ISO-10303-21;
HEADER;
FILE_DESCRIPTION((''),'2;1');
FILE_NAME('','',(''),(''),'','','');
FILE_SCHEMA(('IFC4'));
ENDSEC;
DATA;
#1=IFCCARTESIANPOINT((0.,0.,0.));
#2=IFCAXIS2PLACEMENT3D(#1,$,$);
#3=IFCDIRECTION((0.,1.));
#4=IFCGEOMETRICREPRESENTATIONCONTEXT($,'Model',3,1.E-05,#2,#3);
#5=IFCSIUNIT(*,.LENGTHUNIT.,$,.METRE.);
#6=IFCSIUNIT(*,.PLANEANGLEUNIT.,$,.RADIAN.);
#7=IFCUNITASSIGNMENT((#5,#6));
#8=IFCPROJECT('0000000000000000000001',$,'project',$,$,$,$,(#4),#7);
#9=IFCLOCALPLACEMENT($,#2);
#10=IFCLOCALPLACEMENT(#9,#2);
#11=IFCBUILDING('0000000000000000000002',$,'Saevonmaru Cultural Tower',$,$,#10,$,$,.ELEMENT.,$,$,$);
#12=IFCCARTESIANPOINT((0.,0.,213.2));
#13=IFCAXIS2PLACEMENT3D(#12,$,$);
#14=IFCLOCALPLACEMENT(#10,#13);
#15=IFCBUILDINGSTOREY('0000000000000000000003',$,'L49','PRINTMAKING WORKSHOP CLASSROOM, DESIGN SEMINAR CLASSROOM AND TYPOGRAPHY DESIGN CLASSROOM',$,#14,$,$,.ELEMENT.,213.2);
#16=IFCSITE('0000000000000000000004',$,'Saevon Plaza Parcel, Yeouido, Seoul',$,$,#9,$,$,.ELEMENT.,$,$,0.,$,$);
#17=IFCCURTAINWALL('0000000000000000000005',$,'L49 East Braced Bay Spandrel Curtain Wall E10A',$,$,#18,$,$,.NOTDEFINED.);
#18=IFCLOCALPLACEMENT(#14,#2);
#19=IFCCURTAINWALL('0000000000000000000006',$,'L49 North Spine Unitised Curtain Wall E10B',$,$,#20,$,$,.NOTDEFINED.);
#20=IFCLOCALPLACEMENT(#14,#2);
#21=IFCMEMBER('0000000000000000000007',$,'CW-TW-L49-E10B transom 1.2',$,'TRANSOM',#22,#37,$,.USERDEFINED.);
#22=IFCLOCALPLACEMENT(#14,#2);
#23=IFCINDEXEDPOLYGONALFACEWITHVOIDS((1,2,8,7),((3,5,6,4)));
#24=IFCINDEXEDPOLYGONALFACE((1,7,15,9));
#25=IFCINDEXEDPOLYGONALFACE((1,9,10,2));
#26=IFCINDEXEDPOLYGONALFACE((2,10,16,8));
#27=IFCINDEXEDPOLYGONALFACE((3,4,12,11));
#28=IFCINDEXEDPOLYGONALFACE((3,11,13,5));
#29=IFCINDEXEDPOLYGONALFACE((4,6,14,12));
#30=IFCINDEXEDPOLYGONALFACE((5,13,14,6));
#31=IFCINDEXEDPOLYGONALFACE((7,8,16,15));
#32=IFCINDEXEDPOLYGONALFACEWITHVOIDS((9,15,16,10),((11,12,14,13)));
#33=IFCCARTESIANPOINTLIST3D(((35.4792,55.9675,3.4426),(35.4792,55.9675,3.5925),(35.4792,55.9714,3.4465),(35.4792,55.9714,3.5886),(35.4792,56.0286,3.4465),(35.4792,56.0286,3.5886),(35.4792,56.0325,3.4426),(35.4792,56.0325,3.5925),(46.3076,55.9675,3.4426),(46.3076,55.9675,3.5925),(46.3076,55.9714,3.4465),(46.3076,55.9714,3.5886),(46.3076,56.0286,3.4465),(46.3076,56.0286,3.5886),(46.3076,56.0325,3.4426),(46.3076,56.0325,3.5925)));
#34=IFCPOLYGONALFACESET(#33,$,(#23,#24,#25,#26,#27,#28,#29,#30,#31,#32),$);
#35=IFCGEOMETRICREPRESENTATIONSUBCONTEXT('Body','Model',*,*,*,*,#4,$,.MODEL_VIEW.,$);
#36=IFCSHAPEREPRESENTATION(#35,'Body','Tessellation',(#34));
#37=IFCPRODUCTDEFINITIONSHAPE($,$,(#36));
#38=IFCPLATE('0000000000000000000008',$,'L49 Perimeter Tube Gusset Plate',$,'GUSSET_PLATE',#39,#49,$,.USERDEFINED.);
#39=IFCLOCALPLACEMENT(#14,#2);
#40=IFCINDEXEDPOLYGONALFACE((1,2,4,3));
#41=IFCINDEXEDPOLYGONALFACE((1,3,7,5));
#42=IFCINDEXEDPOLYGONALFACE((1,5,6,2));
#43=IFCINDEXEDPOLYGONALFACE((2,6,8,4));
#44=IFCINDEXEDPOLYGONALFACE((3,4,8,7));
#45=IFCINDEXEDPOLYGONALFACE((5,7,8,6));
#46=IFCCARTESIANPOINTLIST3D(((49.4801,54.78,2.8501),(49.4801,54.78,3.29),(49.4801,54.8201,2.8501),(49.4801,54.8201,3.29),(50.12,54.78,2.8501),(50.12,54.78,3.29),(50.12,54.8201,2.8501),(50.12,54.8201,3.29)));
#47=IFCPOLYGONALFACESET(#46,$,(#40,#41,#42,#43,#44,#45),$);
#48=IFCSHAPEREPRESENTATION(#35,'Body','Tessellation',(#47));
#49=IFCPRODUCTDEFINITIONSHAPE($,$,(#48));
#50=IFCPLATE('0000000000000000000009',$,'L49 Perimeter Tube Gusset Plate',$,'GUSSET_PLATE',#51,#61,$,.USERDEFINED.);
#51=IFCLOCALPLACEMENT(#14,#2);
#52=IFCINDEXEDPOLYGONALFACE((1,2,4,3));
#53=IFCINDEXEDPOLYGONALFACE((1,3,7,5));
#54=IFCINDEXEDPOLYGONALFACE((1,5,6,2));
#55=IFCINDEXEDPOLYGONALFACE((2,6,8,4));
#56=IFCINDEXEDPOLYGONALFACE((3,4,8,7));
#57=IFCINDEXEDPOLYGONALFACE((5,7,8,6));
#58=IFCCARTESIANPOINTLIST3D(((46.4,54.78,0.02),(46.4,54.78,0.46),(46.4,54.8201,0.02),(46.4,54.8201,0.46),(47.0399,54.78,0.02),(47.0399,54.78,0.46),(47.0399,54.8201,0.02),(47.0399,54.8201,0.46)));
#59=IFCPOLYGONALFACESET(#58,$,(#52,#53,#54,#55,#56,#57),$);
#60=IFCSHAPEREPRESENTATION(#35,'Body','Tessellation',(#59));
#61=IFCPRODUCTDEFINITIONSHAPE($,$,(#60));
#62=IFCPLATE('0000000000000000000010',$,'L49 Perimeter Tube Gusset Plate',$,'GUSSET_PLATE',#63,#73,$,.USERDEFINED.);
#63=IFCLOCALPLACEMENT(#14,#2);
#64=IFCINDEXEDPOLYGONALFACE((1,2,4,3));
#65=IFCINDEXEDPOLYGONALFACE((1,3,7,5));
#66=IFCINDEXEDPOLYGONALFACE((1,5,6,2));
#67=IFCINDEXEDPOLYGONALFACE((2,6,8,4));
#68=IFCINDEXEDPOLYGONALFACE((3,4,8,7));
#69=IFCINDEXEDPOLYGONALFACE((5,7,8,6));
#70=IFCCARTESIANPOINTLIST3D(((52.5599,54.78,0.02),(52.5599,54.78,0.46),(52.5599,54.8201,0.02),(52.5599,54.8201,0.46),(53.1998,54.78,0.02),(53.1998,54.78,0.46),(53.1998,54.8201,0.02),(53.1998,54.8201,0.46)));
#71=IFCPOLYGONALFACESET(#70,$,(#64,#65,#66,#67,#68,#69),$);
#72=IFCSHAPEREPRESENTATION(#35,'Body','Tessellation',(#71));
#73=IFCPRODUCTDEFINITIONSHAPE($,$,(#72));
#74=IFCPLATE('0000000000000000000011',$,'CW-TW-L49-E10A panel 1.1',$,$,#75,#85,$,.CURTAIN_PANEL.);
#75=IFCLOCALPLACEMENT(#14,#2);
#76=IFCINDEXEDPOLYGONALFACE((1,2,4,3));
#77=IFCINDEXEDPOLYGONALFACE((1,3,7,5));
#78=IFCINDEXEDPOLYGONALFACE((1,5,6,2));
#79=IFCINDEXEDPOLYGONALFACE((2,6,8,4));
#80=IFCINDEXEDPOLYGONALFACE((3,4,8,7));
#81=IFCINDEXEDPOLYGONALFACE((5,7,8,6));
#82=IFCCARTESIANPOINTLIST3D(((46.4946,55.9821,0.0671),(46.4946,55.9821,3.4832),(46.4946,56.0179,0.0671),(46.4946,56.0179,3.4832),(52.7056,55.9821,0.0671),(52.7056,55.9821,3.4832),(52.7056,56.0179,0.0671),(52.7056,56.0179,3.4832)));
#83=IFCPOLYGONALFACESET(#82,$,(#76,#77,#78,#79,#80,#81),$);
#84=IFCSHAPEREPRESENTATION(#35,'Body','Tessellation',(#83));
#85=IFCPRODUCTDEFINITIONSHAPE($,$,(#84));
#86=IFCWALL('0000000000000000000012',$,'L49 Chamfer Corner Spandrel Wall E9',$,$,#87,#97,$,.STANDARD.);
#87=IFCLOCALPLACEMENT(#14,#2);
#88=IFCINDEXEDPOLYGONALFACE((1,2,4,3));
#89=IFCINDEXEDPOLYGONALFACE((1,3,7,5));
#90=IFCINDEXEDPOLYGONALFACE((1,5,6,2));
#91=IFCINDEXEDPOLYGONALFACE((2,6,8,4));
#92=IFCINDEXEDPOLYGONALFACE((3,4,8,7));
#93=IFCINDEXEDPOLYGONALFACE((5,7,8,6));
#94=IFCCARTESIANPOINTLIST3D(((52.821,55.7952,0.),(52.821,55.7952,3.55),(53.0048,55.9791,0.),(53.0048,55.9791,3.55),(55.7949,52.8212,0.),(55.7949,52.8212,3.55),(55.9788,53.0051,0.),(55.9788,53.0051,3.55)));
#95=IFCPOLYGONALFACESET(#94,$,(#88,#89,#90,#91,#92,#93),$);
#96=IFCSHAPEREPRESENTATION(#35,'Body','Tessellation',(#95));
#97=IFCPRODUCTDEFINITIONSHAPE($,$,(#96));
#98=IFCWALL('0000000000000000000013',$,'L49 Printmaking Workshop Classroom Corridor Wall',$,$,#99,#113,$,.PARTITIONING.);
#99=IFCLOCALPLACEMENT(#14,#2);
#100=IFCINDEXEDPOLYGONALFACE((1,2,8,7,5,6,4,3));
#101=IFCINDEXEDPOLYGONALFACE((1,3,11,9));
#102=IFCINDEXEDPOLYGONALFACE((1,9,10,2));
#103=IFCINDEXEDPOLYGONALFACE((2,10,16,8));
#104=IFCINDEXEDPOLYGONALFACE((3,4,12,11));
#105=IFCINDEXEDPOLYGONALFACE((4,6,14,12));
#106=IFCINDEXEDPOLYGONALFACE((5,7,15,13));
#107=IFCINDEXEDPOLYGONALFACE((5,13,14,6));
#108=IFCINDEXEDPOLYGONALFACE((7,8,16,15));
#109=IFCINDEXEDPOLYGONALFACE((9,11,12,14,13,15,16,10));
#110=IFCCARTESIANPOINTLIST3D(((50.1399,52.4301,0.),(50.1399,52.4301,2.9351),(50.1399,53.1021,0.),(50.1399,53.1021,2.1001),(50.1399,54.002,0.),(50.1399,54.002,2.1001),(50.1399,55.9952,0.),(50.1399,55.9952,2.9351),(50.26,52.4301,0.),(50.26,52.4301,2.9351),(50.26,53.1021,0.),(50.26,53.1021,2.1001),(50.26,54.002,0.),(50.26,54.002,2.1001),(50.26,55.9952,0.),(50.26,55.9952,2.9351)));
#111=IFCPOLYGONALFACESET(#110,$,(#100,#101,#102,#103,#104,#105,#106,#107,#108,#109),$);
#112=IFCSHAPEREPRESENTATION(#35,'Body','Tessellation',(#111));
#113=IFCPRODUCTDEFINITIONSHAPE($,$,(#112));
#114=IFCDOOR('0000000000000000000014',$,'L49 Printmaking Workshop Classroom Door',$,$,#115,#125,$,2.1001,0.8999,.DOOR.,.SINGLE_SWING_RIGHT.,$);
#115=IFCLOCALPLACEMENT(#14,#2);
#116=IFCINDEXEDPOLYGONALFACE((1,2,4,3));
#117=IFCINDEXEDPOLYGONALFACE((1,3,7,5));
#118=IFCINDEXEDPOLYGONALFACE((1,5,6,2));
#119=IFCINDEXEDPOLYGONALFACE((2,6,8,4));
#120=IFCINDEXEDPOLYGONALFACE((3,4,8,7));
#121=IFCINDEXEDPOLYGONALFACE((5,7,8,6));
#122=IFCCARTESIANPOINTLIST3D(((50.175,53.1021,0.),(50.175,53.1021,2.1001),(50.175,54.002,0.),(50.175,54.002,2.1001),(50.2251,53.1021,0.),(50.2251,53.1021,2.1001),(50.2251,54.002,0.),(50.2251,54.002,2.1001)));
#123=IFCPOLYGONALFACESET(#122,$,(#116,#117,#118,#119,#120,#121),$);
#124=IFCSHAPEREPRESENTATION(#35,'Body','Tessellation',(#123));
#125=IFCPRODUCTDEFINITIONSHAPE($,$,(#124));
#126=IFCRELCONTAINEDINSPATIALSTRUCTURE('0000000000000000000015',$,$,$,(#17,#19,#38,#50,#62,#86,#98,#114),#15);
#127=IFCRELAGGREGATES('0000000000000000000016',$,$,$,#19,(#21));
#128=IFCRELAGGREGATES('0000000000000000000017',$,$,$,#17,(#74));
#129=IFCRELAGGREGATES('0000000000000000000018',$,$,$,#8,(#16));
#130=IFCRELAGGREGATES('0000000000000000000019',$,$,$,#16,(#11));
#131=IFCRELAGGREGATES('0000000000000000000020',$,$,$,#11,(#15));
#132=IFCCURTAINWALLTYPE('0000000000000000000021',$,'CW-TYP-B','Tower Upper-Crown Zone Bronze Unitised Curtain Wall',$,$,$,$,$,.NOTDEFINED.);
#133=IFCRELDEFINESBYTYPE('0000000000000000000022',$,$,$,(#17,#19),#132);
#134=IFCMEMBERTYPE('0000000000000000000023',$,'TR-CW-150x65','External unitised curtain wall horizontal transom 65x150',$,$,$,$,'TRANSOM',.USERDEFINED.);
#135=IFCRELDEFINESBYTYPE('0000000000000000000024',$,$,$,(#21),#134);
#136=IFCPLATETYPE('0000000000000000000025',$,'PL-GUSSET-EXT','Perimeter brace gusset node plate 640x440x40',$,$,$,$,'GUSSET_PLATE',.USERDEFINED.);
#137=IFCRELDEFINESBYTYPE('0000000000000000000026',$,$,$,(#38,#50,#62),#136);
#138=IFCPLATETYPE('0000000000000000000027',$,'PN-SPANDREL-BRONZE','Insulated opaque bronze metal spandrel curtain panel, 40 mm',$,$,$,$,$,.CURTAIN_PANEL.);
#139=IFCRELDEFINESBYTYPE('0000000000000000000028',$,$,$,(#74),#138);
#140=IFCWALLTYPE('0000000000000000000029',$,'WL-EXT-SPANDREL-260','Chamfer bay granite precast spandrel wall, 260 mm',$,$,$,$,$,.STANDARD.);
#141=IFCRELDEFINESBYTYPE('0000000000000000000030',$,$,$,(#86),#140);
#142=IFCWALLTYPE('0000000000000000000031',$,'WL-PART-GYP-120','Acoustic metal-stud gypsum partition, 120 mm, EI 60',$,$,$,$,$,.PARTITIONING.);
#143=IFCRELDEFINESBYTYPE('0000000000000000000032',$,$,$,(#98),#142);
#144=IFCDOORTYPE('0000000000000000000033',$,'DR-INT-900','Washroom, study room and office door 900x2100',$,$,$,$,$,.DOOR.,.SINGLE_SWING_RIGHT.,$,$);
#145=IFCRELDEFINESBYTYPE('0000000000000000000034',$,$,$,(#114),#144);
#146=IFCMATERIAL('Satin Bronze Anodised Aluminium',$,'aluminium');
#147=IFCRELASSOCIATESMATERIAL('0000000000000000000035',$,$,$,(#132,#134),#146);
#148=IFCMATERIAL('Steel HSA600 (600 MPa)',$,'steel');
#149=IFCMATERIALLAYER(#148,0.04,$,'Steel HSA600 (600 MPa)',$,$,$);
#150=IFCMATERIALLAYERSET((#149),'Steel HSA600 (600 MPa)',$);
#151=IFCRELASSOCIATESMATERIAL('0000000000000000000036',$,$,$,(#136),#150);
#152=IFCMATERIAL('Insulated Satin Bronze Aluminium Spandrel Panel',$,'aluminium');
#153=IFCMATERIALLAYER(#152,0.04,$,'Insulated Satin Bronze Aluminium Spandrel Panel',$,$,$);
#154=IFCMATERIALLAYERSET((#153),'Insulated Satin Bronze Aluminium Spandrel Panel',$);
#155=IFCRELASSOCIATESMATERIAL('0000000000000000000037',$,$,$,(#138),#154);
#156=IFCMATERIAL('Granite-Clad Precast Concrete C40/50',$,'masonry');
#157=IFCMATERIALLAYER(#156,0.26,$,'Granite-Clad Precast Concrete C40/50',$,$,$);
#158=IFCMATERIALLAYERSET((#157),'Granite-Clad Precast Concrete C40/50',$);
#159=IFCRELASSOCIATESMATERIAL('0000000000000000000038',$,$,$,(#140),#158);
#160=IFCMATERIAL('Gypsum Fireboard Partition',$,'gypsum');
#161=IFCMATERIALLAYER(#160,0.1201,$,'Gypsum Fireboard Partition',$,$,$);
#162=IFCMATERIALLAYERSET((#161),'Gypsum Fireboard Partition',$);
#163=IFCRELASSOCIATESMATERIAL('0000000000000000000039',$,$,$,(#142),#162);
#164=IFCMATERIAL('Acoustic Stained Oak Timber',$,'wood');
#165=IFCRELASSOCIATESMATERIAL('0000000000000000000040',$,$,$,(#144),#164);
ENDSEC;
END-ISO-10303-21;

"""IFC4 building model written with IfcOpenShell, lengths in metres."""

from ifc_helpers import new_model, si_unit, direction, frame, frame_2d, origin, origin_2d, place, context, subcontext, project, spatial, rectangle, hollow_rectangle, extrude, material, layer, layer_set, material_profile, profile_set, type_object, element, fill, aggregate, save


model = new_model("IFC4")

# Units and contexts
model_context = context("Model", 3, precision=1e-05, world=origin(), true_north=direction((0.0, 1.0)))
body_context = subcontext(model_context, "Body", "Model", "MODEL_VIEW")
ifc_project = project(units=[si_unit("LENGTHUNIT", "METRE"), si_unit("PLANEANGLEUNIT", "RADIAN")], contexts=[model_context])

# Site, building, storey
site_placement = place(None, origin())
site = spatial("IfcSite", under=ifc_project, at=site_placement, Name="Saevon Plaza Parcel, Yeouido, Seoul", CompositionType="ELEMENT", RefElevation=0.0)
building_placement = place(site_placement, origin())
building = spatial("IfcBuilding", under=site, at=building_placement, Name="Saevonmaru Cultural Tower", CompositionType="ELEMENT")
storey_placement = place(building_placement, frame((0.0, 0.0, 213.2)))
storey = spatial("IfcBuildingStorey", under=building, at=storey_placement, Name="L49", Description="PRINTMAKING WORKSHOP CLASSROOM, DESIGN SEMINAR CLASSROOM AND TYPOGRAPHY DESIGN CLASSROOM", CompositionType="ELEMENT", Elevation=213.2)

# Shared definitions
ifc_material_1 = material(Name="Satin Bronze Anodised Aluminium", Category="aluminium")
curtain_wall_type = type_object("IfcCurtainWallType", Name="CW-TYP-B", Description="Tower Upper-Crown Zone Bronze Unitised Curtain Wall", PredefinedType="NOTDEFINED", material=ifc_material_1)

# Curtain wall
curtain_wall_1_placement = place(storey_placement, origin())
curtain_wall_1 = element("IfcCurtainWall", 1, at=curtain_wall_1_placement, inside=storey, type_object=curtain_wall_type, Name="L49 East Braced Bay Spandrel Curtain Wall E10A", PredefinedType="NOTDEFINED")

# Curtain wall
curtain_wall_2_placement = place(storey_placement, origin())
curtain_wall_2 = element("IfcCurtainWall", 2, at=curtain_wall_2_placement, inside=storey, type_object=curtain_wall_type, Name="L49 North Spine Unitised Curtain Wall E10B", PredefinedType="NOTDEFINED")

# Member
ifc_material_profile_1 = material_profile(ifc_material_1, hollow_rectangle(XDim=0.0649, YDim=0.1499, WallThickness=0.0039, at=origin_2d()), Name="ALU-TRAN-150x65x4")
ifc_profile_set_1 = profile_set([ifc_material_profile_1], Name="Satin Bronze Anodised Aluminium")
member_type_1 = type_object("IfcMemberType", Name="TR-CW-150x65", Description="External unitised curtain wall horizontal transom 65x150", ElementType="TRANSOM", PredefinedType="USERDEFINED", material=ifc_profile_set_1)
member_1_placement = place(storey_placement, frame((46.3076, 56.0, 3.5176), z_axis=(-1.0, 0.0, 0.0), x_axis=(0.0, -1.0, 0.0)))
member_1 = element("IfcMember", 3, at=member_1_placement, type_object=member_type_1, Name="CW-TW-L49-E10B transom 1.2", ObjectType="TRANSOM", PredefinedType="USERDEFINED", context=body_context, shape_type="SweptSolid", body=[
    extrude(hollow_rectangle(XDim=0.0649, YDim=0.1499, WallThickness=0.0039, at=origin_2d()), origin(), (0.0, 0.0, 1.0), 10.8284),
])
aggregate(curtain_wall_2, [member_1])

# Plates
ifc_material_2 = material(Name="Steel HSA600 (600 MPa)", Category="steel")
ifc_layer_1 = layer(ifc_material_2, 0.04, Name="Steel HSA600 (600 MPa)")
ifc_layer_set_1 = layer_set([ifc_layer_1], Name="Steel HSA600 (600 MPa)")
plate_type_1 = type_object("IfcPlateType", Name="PL-GUSSET-EXT", Description="Perimeter brace gusset node plate 640x440x40", ElementType="GUSSET_PLATE", PredefinedType="USERDEFINED", material=ifc_layer_set_1)
for number, where, z_axis, x_axis, name in (
    (4, (49.8, 54.8, 2.8501), (0.0, 0.0, 1.0), (1.0, 0.0, 0.0), "L49 Perimeter Tube Gusset Plate"),
    (5, (46.72, 54.8, 0.02), (0.0, 0.0, 1.0), (1.0, 0.0, 0.0), "L49 Perimeter Tube Gusset Plate"),
    (6, (52.8799, 54.8, 0.02), (0.0, 0.0, 1.0), (1.0, 0.0, 0.0), "L49 Perimeter Tube Gusset Plate"),
):
    element("IfcPlate", number, at=place(storey_placement, frame(where, z_axis=z_axis, x_axis=x_axis)), inside=storey, type_object=plate_type_1, Name=name, ObjectType="GUSSET_PLATE", PredefinedType="USERDEFINED", context=body_context, shape_type="SweptSolid", body=[
        extrude(rectangle(XDim=0.6399, YDim=0.04, at=origin_2d()), origin(), (0.0, 0.0, 1.0), 0.4399),
    ])

# Plate
ifc_material_3 = material(Name="Insulated Satin Bronze Aluminium Spandrel Panel", Category="aluminium")
ifc_layer_2 = layer(ifc_material_3, 0.04, Name="Insulated Satin Bronze Aluminium Spandrel Panel")
ifc_layer_set_2 = layer_set([ifc_layer_2], Name="Insulated Satin Bronze Aluminium Spandrel Panel")
plate_type_2 = type_object("IfcPlateType", Name="PN-SPANDREL-BRONZE", Description="Insulated opaque bronze metal spandrel curtain panel, 40 mm", PredefinedType="CURTAIN_PANEL", material=ifc_layer_set_2)
plate_placement = place(storey_placement, frame((49.6001, 56.0, 0.0671), z_axis=(0.0, 0.0, 1.0), x_axis=(-1.0, 0.0, 0.0)))
plate = element("IfcPlate", 7, at=plate_placement, type_object=plate_type_2, Name="CW-TW-L49-E10A panel 1.1", PredefinedType="CURTAIN_PANEL", context=body_context, shape_type="SweptSolid", body=[
    extrude(rectangle(XDim=6.2109, YDim=0.0359, at=origin_2d()), origin(), (0.0, 0.0, 1.0), 3.416),
])
aggregate(curtain_wall_1, [plate])

# Wall
ifc_material_4 = material(Name="Granite-Clad Precast Concrete C40/50", Category="masonry")
ifc_layer_3 = layer(ifc_material_4, 0.26, Name="Granite-Clad Precast Concrete C40/50")
ifc_layer_set_3 = layer_set([ifc_layer_3], Name="Granite-Clad Precast Concrete C40/50")
wall_type_1 = type_object("IfcWallType", Name="WL-EXT-SPANDREL-260", Description="Chamfer bay granite precast spandrel wall, 260 mm", PredefinedType="STANDARD", material=ifc_layer_set_3)
wall_1_placement = place(storey_placement, frame((55.887, 52.9131, 0.0), z_axis=(0.0, 0.0, 1.0), x_axis=(-0.707107, 0.707107, 0.0)))
element("IfcWall", 8, at=wall_1_placement, inside=storey, type_object=wall_type_1, Name="L49 Chamfer Corner Spandrel Wall E9", PredefinedType="STANDARD", context=body_context, shape_type="SweptSolid", body=[
    extrude(rectangle(XDim=4.2058, YDim=0.26, at=frame_2d((2.103, 0.0))), origin(), (0.0, 0.0, 1.0), 3.55),
])

# Wall, opening, door
ifc_material_5 = material(Name="Gypsum Fireboard Partition", Category="gypsum")
ifc_layer_4 = layer(ifc_material_5, 0.1201, Name="Gypsum Fireboard Partition")
ifc_layer_set_4 = layer_set([ifc_layer_4], Name="Gypsum Fireboard Partition")
wall_type_2 = type_object("IfcWallType", Name="WL-PART-GYP-120", Description="Acoustic metal-stud gypsum partition, 120 mm, EI 60", PredefinedType="PARTITIONING", material=ifc_layer_set_4)
wall_2_placement = place(storey_placement, frame((50.2, 52.4299, 0.0), z_axis=(0.0, 0.0, 1.0), x_axis=(0.0, 1.0, 0.0)))
wall_2 = element("IfcWall", 9, at=wall_2_placement, inside=storey, type_object=wall_type_2, Name="L49 Printmaking Workshop Classroom Corridor Wall", PredefinedType="PARTITIONING", context=body_context, shape_type="SweptSolid", body=[
    extrude(rectangle(XDim=3.5652, YDim=0.1201, at=frame_2d((1.7827, 0.0))), origin(), (0.0, 0.0, 1.0), 2.9351),
])
opening_placement = place(wall_2_placement, frame((0.6721, 0.0, 0.0)))
opening = element("IfcOpeningElement", 10, at=opening_placement, cuts=wall_2, PredefinedType="OPENING", context=body_context, shape_type="SweptSolid", body=[
    extrude(rectangle(XDim=0.8999, YDim=2.1001, at=frame_2d((0.45, 1.05))), frame((0.0, 0.0701, 0.0), z_axis=(0.0, -1.0, 0.0), x_axis=(1.0, 0.0, 0.0)), (0.0, 0.0, 1.0), 0.1401),
])
ifc_material_6 = material(Name="Acoustic Stained Oak Timber", Category="wood")
door_type = type_object("IfcDoorType", Name="DR-INT-900", Description="Washroom, study room and office door 900x2100", OperationType="SINGLE_SWING_RIGHT", PredefinedType="DOOR", material=ifc_material_6)
door_placement = place(opening_placement, origin())
door = element("IfcDoor", 11, at=door_placement, inside=storey, type_object=door_type, Name="L49 Printmaking Workshop Classroom Door", OperationType="SINGLE_SWING_RIGHT", OverallHeight=2.1001, OverallWidth=0.8999, PredefinedType="DOOR", context=body_context, shape_type="SweptSolid", body=[
    extrude(rectangle(XDim=0.8999, YDim=2.1001, at=frame_2d((0.45, 1.05))), frame((0.0, 0.0249, 0.0), z_axis=(0.0, -1.0, 0.0), x_axis=(1.0, 0.0, 0.0)), (0.0, 0.0, 1.0), 0.05),
])
fill(opening, door)

save(model, "model.ifc")
